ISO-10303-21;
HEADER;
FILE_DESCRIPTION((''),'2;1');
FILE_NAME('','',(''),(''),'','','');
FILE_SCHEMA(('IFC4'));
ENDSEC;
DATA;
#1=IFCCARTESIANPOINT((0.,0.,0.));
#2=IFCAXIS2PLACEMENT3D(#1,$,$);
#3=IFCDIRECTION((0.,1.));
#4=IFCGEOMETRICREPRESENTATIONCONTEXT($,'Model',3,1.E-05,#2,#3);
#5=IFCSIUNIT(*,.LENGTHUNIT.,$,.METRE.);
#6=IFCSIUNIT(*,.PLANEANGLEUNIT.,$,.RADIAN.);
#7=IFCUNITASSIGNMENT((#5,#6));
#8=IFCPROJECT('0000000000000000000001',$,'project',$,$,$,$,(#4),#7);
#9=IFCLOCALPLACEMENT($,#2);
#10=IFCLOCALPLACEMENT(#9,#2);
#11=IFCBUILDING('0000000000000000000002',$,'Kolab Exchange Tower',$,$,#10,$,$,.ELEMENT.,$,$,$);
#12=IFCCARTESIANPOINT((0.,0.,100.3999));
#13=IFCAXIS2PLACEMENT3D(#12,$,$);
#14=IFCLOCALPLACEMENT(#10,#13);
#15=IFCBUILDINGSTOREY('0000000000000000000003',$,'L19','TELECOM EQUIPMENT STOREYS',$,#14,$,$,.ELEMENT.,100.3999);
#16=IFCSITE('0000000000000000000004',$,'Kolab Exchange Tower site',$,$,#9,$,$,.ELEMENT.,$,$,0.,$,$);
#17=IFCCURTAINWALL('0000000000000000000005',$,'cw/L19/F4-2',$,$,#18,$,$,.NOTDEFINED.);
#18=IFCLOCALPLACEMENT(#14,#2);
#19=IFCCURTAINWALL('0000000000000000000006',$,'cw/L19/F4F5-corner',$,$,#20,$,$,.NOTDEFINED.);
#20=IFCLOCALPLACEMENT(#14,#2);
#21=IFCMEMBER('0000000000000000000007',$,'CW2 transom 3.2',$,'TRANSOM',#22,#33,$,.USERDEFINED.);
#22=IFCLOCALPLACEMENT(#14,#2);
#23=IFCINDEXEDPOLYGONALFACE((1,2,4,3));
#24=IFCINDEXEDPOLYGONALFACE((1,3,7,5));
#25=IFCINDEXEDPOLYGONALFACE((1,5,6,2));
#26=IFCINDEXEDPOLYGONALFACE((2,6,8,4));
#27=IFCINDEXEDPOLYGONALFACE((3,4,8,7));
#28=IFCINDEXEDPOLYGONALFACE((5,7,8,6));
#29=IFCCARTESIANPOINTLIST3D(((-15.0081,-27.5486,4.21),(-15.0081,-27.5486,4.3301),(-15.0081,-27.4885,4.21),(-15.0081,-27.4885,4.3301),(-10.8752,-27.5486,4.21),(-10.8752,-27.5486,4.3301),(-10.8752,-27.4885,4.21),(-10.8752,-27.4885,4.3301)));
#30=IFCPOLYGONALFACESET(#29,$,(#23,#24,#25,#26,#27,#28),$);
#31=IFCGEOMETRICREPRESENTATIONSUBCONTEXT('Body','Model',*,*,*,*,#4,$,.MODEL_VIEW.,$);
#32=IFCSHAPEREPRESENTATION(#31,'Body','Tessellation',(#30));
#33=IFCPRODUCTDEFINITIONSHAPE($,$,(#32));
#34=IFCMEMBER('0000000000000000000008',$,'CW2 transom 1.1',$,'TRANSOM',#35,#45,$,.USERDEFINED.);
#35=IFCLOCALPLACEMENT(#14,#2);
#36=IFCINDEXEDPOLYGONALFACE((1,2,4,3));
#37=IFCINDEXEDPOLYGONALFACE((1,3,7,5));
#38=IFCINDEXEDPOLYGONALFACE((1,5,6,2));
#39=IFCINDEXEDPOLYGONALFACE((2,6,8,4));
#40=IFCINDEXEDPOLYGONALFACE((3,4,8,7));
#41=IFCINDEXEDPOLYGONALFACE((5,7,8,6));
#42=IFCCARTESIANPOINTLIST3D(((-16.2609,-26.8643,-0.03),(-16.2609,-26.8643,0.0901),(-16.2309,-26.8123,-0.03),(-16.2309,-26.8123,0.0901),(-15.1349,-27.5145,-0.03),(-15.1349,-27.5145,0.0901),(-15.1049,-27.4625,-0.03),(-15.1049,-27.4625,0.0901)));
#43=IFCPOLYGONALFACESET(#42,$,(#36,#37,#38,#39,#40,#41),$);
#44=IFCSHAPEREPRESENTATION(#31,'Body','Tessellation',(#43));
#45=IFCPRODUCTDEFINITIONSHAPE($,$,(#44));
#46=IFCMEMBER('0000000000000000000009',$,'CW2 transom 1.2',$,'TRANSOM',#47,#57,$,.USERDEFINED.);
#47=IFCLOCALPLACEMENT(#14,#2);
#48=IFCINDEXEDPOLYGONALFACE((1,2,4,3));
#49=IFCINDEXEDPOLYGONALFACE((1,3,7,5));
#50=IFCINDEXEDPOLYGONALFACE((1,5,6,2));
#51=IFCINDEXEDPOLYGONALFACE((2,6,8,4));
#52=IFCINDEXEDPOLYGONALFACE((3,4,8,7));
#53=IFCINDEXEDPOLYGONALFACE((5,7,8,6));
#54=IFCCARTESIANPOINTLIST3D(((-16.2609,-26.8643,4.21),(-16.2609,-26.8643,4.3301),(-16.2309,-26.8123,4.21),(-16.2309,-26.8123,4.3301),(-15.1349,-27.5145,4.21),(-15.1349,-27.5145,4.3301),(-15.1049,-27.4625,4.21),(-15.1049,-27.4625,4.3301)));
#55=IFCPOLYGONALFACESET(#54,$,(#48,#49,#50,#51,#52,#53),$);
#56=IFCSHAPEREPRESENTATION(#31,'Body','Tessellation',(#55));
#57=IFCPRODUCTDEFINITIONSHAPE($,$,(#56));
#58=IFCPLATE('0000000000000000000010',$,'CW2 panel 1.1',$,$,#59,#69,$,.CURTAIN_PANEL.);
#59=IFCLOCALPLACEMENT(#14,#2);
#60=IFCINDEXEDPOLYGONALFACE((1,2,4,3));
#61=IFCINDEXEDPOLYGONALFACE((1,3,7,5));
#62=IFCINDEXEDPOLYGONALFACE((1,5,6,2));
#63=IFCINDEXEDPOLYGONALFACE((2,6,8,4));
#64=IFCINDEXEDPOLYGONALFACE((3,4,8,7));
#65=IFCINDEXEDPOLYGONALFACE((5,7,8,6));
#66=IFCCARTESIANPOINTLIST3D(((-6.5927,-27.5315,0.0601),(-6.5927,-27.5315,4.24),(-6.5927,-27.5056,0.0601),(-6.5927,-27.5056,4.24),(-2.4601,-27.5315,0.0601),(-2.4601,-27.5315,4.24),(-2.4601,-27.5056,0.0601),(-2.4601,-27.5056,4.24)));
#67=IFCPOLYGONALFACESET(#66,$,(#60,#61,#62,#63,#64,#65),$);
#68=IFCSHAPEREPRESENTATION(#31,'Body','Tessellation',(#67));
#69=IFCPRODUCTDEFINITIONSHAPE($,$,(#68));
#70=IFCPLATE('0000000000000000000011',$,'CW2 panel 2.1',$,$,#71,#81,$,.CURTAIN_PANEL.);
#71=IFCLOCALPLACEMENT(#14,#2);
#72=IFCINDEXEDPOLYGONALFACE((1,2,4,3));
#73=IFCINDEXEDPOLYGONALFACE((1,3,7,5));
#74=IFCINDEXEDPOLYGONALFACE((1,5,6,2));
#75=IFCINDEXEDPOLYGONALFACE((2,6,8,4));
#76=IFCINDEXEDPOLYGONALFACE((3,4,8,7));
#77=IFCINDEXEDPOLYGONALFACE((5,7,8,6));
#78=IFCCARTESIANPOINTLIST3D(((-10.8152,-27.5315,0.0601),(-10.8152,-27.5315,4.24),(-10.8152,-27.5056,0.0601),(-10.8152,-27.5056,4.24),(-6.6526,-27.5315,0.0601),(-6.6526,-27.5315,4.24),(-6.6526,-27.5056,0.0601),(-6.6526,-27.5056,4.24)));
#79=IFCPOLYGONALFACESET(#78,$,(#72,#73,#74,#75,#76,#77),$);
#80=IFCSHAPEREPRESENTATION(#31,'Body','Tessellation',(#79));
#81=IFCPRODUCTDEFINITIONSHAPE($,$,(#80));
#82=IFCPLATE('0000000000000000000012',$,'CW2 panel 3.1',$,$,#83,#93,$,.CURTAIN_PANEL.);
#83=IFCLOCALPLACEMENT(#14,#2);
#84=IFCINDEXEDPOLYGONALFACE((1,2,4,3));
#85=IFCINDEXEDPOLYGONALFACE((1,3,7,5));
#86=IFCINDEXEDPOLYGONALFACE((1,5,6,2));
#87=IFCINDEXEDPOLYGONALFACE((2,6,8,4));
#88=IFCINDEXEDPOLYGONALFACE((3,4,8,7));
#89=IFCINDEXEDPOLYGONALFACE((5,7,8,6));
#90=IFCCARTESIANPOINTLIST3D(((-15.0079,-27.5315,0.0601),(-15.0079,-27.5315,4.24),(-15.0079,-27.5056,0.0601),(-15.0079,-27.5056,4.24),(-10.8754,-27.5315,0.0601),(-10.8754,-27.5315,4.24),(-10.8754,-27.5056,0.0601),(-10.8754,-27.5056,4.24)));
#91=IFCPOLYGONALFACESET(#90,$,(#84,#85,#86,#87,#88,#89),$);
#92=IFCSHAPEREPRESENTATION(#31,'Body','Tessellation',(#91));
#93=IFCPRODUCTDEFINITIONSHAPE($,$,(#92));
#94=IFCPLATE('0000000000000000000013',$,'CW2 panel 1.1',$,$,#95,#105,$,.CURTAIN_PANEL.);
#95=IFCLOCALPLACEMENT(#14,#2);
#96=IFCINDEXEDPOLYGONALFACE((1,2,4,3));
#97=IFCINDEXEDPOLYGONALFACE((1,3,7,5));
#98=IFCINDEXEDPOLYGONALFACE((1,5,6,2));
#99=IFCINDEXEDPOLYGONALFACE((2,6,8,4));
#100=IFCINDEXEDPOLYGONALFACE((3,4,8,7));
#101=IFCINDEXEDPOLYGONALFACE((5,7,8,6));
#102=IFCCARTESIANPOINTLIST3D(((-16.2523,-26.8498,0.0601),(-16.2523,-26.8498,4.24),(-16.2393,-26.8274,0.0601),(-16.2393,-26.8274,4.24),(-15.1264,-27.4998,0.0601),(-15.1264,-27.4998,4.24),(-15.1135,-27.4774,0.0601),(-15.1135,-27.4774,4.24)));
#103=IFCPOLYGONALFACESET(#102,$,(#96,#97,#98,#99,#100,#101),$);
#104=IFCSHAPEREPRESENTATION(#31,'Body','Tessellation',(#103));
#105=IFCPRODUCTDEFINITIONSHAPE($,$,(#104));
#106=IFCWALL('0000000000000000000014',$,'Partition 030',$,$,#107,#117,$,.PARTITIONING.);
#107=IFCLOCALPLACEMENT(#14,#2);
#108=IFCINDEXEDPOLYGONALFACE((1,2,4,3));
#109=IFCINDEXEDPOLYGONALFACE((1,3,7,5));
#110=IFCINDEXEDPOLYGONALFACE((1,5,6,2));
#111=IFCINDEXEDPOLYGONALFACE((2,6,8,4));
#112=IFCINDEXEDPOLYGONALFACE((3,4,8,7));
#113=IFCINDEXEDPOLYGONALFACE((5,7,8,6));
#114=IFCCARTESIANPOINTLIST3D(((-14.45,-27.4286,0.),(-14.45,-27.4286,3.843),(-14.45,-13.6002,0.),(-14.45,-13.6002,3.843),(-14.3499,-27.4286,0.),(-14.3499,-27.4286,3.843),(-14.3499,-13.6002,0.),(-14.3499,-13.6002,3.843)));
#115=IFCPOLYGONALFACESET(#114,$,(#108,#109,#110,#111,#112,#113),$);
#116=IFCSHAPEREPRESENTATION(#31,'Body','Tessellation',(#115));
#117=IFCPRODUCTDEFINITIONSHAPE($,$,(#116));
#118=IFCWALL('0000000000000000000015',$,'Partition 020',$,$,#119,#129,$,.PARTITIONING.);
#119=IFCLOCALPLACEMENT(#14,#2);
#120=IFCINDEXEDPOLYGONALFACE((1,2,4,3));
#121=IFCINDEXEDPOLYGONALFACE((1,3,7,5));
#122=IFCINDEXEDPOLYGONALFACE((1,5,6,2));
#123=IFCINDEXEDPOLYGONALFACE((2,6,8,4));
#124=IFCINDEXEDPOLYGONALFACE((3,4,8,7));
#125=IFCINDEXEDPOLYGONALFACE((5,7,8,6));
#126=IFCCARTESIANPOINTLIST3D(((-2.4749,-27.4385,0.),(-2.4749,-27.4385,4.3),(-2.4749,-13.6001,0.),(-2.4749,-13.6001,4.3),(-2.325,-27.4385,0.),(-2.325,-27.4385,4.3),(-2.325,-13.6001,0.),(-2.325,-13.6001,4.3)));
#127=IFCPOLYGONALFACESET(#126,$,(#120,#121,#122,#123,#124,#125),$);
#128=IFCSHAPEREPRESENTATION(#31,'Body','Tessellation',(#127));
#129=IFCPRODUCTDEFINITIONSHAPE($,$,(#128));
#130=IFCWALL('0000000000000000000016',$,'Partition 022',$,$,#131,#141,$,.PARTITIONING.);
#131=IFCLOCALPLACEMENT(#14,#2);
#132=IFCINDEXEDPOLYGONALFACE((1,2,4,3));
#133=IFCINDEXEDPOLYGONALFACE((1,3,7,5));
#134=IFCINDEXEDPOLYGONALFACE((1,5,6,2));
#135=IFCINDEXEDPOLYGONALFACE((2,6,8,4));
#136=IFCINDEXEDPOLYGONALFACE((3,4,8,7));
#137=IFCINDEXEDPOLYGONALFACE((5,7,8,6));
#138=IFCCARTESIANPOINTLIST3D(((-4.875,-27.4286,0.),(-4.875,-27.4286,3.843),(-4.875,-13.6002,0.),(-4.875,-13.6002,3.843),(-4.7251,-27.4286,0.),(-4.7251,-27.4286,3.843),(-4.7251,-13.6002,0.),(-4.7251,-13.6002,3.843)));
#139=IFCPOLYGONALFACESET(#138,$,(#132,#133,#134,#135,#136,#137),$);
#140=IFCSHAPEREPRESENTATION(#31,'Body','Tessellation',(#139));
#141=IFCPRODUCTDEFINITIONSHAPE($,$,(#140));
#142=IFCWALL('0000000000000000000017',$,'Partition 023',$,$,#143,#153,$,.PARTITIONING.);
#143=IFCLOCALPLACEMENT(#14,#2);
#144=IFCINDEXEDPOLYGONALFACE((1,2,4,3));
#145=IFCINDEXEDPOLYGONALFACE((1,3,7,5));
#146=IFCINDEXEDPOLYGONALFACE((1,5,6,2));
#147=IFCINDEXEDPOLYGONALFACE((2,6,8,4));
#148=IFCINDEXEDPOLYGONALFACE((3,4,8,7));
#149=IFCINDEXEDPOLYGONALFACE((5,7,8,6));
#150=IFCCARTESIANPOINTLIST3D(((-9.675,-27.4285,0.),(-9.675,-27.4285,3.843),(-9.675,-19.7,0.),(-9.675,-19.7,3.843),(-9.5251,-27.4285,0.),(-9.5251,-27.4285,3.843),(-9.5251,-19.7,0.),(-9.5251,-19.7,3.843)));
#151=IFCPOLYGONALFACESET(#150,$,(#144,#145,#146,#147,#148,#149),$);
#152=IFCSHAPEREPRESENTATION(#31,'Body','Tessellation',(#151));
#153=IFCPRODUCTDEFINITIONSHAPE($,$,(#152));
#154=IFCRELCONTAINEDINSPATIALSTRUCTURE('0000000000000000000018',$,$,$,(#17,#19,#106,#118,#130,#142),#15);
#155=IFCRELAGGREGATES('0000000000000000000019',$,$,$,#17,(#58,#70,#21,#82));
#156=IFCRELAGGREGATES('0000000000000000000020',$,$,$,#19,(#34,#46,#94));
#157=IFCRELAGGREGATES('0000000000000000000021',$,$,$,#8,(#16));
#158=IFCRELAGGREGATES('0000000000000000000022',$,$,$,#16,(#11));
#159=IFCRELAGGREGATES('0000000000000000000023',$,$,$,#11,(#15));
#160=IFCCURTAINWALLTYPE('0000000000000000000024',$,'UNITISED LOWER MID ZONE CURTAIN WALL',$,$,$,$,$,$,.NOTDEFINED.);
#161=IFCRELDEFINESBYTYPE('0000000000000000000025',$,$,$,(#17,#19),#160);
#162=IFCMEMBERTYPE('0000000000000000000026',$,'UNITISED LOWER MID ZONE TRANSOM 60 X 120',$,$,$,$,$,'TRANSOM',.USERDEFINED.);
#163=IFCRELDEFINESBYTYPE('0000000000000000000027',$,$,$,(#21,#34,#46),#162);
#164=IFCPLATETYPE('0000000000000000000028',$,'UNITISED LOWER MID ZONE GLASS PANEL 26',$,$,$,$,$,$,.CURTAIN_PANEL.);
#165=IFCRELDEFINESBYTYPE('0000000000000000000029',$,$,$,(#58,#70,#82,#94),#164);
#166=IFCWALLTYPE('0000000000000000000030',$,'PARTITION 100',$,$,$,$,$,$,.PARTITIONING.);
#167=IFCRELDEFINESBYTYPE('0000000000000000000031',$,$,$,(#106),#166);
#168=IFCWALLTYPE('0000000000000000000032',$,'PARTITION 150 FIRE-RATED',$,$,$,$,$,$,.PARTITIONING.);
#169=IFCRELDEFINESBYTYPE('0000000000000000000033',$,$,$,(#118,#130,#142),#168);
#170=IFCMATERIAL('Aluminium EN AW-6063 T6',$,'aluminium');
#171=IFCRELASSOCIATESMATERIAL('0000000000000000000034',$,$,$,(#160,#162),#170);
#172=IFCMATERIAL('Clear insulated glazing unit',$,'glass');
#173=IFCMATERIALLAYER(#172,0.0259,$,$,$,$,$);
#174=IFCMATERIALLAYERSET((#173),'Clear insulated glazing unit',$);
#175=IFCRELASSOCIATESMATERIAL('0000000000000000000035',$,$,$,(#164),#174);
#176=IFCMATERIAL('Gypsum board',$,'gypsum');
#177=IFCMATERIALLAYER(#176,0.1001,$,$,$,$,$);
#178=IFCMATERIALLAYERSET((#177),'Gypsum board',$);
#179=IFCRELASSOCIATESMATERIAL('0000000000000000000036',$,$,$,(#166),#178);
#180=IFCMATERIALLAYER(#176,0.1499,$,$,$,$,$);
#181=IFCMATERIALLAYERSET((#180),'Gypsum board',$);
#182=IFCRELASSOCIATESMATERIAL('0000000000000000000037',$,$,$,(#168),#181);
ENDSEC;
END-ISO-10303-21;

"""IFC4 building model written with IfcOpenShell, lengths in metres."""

from ifc_helpers import new_model, si_unit, direction, frame, frame_2d, origin, origin_2d, place, context, subcontext, project, spatial, rectangle, extrude, material, layer, layer_set, material_profile, profile_set, type_object, element, aggregate, save


model = new_model("IFC4")

# Units and contexts
model_context = context("Model", 3, precision=1e-05, world=origin(), true_north=direction((0.0, 1.0)))
body_context = subcontext(model_context, "Body", "Model", "MODEL_VIEW")
ifc_project = project(units=[si_unit("LENGTHUNIT", "METRE"), si_unit("PLANEANGLEUNIT", "RADIAN")], contexts=[model_context])

# Site, building, storey
site_placement = place(None, origin())
site = spatial("IfcSite", under=ifc_project, at=site_placement, Name="Kolab Exchange Tower site", CompositionType="ELEMENT", RefElevation=0.0)
building_placement = place(site_placement, origin())
building = spatial("IfcBuilding", under=site, at=building_placement, Name="Kolab Exchange Tower", CompositionType="ELEMENT")
storey_placement = place(building_placement, frame((0.0, 0.0, 100.3999)))
storey = spatial("IfcBuildingStorey", under=building, at=storey_placement, Name="L19", Description="TELECOM EQUIPMENT STOREYS", CompositionType="ELEMENT", Elevation=100.3999)

# Curtain wall
ifc_material_1 = material(Name="Aluminium EN AW-6063 T6", Category="aluminium")
curtain_wall_type = type_object("IfcCurtainWallType", Name="UNITISED LOWER MID ZONE CURTAIN WALL", PredefinedType="NOTDEFINED", material=ifc_material_1)
curtain_wall_1_placement = place(storey_placement, origin())
curtain_wall_1 = element("IfcCurtainWall", 1, at=curtain_wall_1_placement, inside=storey, type_object=curtain_wall_type, Name="cw/L19/F4-2", PredefinedType="NOTDEFINED")

# Curtain wall
curtain_wall_2_placement = place(storey_placement, origin())
curtain_wall_2 = element("IfcCurtainWall", 2, at=curtain_wall_2_placement, inside=storey, type_object=curtain_wall_type, Name="cw/L19/F4F5-corner", PredefinedType="NOTDEFINED")

# Members
ifc_material_profile_1 = material_profile(ifc_material_1, rectangle(XDim=0.0601, YDim=0.1201, at=origin_2d()), Name="RECT 60X120")
ifc_profile_set_1 = profile_set([ifc_material_profile_1], Name="Aluminium EN AW-6063 T6")
member_type_1 = type_object("IfcMemberType", Name="UNITISED LOWER MID ZONE TRANSOM 60 X 120", ElementType="TRANSOM", PredefinedType="USERDEFINED", material=ifc_profile_set_1)
member_1_placement = place(storey_placement, frame((-10.8752, -27.5186, 4.27), z_axis=(-1.0, 0.0, 0.0), x_axis=(0.0, -1.0, 0.0)))
member_1 = element("IfcMember", 3, at=member_1_placement, type_object=member_type_1, Name="CW2 transom 3.2", ObjectType="TRANSOM", PredefinedType="USERDEFINED", context=body_context, shape_type="SweptSolid", body=[
    extrude(rectangle(XDim=0.0601, YDim=0.1201, at=origin_2d()), origin(), (0.0, 0.0, 1.0), 4.1328),
])
member_2_placement = place(storey_placement, frame((-15.1199, -27.4885, 0.03), z_axis=(-0.866004, 0.500037, 0.0), x_axis=(-0.500037, -0.866004, 0.0)))
member_2 = element("IfcMember", 4, at=member_2_placement, type_object=member_type_1, Name="CW2 transom 1.1", ObjectType="TRANSOM", PredefinedType="USERDEFINED", context=body_context, shape_type="SweptSolid", body=[
    extrude(rectangle(XDim=0.0601, YDim=0.1201, at=origin_2d()), origin(), (0.0, 0.0, 1.0), 1.3003),
])
member_3_placement = place(storey_placement, frame((-15.1199, -27.4885, 4.27), z_axis=(-0.866004, 0.500037, 0.0), x_axis=(-0.500037, -0.866004, 0.0)))
member_3 = element("IfcMember", 5, at=member_3_placement, type_object=member_type_1, Name="CW2 transom 1.2", ObjectType="TRANSOM", PredefinedType="USERDEFINED", context=body_context, shape_type="SweptSolid", body=[
    extrude(rectangle(XDim=0.0601, YDim=0.1201, at=origin_2d()), origin(), (0.0, 0.0, 1.0), 1.3003),
])

# Plates
ifc_material_2 = material(Name="Clear insulated glazing unit", Category="glass")
ifc_layer_1 = layer(ifc_material_2, 0.0259)
ifc_layer_set_1 = layer_set([ifc_layer_1], Name="Clear insulated glazing unit")
plate_type = type_object("IfcPlateType", Name="UNITISED LOWER MID ZONE GLASS PANEL 26", PredefinedType="CURTAIN_PANEL", material=ifc_layer_set_1)
plate_1_placement = place(storey_placement, frame((-4.5264, -27.5186, 0.0601), z_axis=(0.0, 0.0, 1.0), x_axis=(-1.0, 0.0, 0.0)))
plate_1 = element("IfcPlate", 6, at=plate_1_placement, type_object=plate_type, Name="CW2 panel 1.1", PredefinedType="CURTAIN_PANEL", context=body_context, shape_type="SweptSolid", body=[
    extrude(rectangle(XDim=4.1326, YDim=0.0259, at=origin_2d()), origin(), (0.0, 0.0, 1.0), 4.1799),
])
plate_2_placement = place(storey_placement, frame((-8.7339, -27.5186, 0.0601), z_axis=(0.0, 0.0, 1.0), x_axis=(-1.0, 0.0, 0.0)))
plate_2 = element("IfcPlate", 7, at=plate_2_placement, type_object=plate_type, Name="CW2 panel 2.1", PredefinedType="CURTAIN_PANEL", context=body_context, shape_type="SweptSolid", body=[
    extrude(rectangle(XDim=4.1626, YDim=0.0259, at=origin_2d()), origin(), (0.0, 0.0, 1.0), 4.1799),
])
plate_3_placement = place(storey_placement, frame((-12.9417, -27.5186, 0.0601), z_axis=(0.0, 0.0, 1.0), x_axis=(-1.0, 0.0, 0.0)))
plate_3 = element("IfcPlate", 8, at=plate_3_placement, type_object=plate_type, Name="CW2 panel 3.1", PredefinedType="CURTAIN_PANEL", context=body_context, shape_type="SweptSolid", body=[
    extrude(rectangle(XDim=4.1326, YDim=0.0259, at=origin_2d()), origin(), (0.0, 0.0, 1.0), 4.1799),
])
aggregate(curtain_wall_1, [plate_1, plate_2, member_1, plate_3])
plate_4_placement = place(storey_placement, frame((-15.6829, -27.1636, 0.0601), z_axis=(0.0, 0.0, 1.0), x_axis=(-0.866025, 0.5, 0.0)))
plate_4 = element("IfcPlate", 9, at=plate_4_placement, type_object=plate_type, Name="CW2 panel 1.1", PredefinedType="CURTAIN_PANEL", context=body_context, shape_type="SweptSolid", body=[
    extrude(rectangle(XDim=1.3, YDim=0.0259, at=origin_2d()), origin(), (0.0, 0.0, 1.0), 4.1799),
])
aggregate(curtain_wall_2, [member_2, member_3, plate_4])

# Walls
ifc_material_3 = material(Name="Gypsum board", Category="gypsum")
ifc_layer_2 = layer(ifc_material_3, 0.1001)
ifc_layer_set_2 = layer_set([ifc_layer_2], Name="Gypsum board")
wall_type_1 = type_object("IfcWallType", Name="PARTITION 100", PredefinedType="PARTITIONING", material=ifc_layer_set_2)
wall_1_placement = place(storey_placement, frame((-14.3999, -27.4285, 0.0), z_axis=(0.0, 0.0, 1.0), x_axis=(0.0, 1.0, 0.0)))
element("IfcWall", 10, at=wall_1_placement, inside=storey, type_object=wall_type_1, Name="Partition 030", PredefinedType="PARTITIONING", context=body_context, shape_type="SweptSolid", body=[
    extrude(rectangle(XDim=13.8284, YDim=0.1001, at=frame_2d((6.9141, 0.0))), origin(), (0.0, 0.0, 1.0), 3.843),
])
ifc_layer_3 = layer(ifc_material_3, 0.1499)
ifc_layer_set_3 = layer_set([ifc_layer_3], Name="Gypsum board")
wall_type_2 = type_object("IfcWallType", Name="PARTITION 150 FIRE-RATED", PredefinedType="PARTITIONING", material=ifc_layer_set_3)
wall_2_placement = place(storey_placement, frame((-2.3999, -27.4385, 0.0), z_axis=(0.0, 0.0, 1.0), x_axis=(0.0, 1.0, 0.0)))
element("IfcWall", 11, at=wall_2_placement, inside=storey, type_object=wall_type_2, Name="Partition 020", PredefinedType="PARTITIONING", context=body_context, shape_type="SweptSolid", body=[
    extrude(rectangle(XDim=13.8384, YDim=0.1499, at=frame_2d((6.9192, 0.0))), origin(), (0.0, 0.0, 1.0), 4.3),
])
wall_3_placement = place(storey_placement, frame((-4.8, -27.4285, 0.0), z_axis=(0.0, 0.0, 1.0), x_axis=(0.0, 1.0, 0.0)))
element("IfcWall", 12, at=wall_3_placement, inside=storey, type_object=wall_type_2, Name="Partition 022", PredefinedType="PARTITIONING", context=body_context, shape_type="SweptSolid", body=[
    extrude(rectangle(XDim=13.8284, YDim=0.1499, at=frame_2d((6.9141, 0.0))), origin(), (0.0, 0.0, 1.0), 3.843),
])
wall_4_placement = place(storey_placement, frame((-9.6001, -27.4285, 0.0), z_axis=(0.0, 0.0, 1.0), x_axis=(0.0, 1.0, 0.0)))
element("IfcWall", 13, at=wall_4_placement, inside=storey, type_object=wall_type_2, Name="Partition 023", PredefinedType="PARTITIONING", context=body_context, shape_type="SweptSolid", body=[
    extrude(rectangle(XDim=7.7285, YDim=0.1499, at=frame_2d((3.8643, 0.0))), origin(), (0.0, 0.0, 1.0), 3.843),
])

save(model, "model.ifc")
